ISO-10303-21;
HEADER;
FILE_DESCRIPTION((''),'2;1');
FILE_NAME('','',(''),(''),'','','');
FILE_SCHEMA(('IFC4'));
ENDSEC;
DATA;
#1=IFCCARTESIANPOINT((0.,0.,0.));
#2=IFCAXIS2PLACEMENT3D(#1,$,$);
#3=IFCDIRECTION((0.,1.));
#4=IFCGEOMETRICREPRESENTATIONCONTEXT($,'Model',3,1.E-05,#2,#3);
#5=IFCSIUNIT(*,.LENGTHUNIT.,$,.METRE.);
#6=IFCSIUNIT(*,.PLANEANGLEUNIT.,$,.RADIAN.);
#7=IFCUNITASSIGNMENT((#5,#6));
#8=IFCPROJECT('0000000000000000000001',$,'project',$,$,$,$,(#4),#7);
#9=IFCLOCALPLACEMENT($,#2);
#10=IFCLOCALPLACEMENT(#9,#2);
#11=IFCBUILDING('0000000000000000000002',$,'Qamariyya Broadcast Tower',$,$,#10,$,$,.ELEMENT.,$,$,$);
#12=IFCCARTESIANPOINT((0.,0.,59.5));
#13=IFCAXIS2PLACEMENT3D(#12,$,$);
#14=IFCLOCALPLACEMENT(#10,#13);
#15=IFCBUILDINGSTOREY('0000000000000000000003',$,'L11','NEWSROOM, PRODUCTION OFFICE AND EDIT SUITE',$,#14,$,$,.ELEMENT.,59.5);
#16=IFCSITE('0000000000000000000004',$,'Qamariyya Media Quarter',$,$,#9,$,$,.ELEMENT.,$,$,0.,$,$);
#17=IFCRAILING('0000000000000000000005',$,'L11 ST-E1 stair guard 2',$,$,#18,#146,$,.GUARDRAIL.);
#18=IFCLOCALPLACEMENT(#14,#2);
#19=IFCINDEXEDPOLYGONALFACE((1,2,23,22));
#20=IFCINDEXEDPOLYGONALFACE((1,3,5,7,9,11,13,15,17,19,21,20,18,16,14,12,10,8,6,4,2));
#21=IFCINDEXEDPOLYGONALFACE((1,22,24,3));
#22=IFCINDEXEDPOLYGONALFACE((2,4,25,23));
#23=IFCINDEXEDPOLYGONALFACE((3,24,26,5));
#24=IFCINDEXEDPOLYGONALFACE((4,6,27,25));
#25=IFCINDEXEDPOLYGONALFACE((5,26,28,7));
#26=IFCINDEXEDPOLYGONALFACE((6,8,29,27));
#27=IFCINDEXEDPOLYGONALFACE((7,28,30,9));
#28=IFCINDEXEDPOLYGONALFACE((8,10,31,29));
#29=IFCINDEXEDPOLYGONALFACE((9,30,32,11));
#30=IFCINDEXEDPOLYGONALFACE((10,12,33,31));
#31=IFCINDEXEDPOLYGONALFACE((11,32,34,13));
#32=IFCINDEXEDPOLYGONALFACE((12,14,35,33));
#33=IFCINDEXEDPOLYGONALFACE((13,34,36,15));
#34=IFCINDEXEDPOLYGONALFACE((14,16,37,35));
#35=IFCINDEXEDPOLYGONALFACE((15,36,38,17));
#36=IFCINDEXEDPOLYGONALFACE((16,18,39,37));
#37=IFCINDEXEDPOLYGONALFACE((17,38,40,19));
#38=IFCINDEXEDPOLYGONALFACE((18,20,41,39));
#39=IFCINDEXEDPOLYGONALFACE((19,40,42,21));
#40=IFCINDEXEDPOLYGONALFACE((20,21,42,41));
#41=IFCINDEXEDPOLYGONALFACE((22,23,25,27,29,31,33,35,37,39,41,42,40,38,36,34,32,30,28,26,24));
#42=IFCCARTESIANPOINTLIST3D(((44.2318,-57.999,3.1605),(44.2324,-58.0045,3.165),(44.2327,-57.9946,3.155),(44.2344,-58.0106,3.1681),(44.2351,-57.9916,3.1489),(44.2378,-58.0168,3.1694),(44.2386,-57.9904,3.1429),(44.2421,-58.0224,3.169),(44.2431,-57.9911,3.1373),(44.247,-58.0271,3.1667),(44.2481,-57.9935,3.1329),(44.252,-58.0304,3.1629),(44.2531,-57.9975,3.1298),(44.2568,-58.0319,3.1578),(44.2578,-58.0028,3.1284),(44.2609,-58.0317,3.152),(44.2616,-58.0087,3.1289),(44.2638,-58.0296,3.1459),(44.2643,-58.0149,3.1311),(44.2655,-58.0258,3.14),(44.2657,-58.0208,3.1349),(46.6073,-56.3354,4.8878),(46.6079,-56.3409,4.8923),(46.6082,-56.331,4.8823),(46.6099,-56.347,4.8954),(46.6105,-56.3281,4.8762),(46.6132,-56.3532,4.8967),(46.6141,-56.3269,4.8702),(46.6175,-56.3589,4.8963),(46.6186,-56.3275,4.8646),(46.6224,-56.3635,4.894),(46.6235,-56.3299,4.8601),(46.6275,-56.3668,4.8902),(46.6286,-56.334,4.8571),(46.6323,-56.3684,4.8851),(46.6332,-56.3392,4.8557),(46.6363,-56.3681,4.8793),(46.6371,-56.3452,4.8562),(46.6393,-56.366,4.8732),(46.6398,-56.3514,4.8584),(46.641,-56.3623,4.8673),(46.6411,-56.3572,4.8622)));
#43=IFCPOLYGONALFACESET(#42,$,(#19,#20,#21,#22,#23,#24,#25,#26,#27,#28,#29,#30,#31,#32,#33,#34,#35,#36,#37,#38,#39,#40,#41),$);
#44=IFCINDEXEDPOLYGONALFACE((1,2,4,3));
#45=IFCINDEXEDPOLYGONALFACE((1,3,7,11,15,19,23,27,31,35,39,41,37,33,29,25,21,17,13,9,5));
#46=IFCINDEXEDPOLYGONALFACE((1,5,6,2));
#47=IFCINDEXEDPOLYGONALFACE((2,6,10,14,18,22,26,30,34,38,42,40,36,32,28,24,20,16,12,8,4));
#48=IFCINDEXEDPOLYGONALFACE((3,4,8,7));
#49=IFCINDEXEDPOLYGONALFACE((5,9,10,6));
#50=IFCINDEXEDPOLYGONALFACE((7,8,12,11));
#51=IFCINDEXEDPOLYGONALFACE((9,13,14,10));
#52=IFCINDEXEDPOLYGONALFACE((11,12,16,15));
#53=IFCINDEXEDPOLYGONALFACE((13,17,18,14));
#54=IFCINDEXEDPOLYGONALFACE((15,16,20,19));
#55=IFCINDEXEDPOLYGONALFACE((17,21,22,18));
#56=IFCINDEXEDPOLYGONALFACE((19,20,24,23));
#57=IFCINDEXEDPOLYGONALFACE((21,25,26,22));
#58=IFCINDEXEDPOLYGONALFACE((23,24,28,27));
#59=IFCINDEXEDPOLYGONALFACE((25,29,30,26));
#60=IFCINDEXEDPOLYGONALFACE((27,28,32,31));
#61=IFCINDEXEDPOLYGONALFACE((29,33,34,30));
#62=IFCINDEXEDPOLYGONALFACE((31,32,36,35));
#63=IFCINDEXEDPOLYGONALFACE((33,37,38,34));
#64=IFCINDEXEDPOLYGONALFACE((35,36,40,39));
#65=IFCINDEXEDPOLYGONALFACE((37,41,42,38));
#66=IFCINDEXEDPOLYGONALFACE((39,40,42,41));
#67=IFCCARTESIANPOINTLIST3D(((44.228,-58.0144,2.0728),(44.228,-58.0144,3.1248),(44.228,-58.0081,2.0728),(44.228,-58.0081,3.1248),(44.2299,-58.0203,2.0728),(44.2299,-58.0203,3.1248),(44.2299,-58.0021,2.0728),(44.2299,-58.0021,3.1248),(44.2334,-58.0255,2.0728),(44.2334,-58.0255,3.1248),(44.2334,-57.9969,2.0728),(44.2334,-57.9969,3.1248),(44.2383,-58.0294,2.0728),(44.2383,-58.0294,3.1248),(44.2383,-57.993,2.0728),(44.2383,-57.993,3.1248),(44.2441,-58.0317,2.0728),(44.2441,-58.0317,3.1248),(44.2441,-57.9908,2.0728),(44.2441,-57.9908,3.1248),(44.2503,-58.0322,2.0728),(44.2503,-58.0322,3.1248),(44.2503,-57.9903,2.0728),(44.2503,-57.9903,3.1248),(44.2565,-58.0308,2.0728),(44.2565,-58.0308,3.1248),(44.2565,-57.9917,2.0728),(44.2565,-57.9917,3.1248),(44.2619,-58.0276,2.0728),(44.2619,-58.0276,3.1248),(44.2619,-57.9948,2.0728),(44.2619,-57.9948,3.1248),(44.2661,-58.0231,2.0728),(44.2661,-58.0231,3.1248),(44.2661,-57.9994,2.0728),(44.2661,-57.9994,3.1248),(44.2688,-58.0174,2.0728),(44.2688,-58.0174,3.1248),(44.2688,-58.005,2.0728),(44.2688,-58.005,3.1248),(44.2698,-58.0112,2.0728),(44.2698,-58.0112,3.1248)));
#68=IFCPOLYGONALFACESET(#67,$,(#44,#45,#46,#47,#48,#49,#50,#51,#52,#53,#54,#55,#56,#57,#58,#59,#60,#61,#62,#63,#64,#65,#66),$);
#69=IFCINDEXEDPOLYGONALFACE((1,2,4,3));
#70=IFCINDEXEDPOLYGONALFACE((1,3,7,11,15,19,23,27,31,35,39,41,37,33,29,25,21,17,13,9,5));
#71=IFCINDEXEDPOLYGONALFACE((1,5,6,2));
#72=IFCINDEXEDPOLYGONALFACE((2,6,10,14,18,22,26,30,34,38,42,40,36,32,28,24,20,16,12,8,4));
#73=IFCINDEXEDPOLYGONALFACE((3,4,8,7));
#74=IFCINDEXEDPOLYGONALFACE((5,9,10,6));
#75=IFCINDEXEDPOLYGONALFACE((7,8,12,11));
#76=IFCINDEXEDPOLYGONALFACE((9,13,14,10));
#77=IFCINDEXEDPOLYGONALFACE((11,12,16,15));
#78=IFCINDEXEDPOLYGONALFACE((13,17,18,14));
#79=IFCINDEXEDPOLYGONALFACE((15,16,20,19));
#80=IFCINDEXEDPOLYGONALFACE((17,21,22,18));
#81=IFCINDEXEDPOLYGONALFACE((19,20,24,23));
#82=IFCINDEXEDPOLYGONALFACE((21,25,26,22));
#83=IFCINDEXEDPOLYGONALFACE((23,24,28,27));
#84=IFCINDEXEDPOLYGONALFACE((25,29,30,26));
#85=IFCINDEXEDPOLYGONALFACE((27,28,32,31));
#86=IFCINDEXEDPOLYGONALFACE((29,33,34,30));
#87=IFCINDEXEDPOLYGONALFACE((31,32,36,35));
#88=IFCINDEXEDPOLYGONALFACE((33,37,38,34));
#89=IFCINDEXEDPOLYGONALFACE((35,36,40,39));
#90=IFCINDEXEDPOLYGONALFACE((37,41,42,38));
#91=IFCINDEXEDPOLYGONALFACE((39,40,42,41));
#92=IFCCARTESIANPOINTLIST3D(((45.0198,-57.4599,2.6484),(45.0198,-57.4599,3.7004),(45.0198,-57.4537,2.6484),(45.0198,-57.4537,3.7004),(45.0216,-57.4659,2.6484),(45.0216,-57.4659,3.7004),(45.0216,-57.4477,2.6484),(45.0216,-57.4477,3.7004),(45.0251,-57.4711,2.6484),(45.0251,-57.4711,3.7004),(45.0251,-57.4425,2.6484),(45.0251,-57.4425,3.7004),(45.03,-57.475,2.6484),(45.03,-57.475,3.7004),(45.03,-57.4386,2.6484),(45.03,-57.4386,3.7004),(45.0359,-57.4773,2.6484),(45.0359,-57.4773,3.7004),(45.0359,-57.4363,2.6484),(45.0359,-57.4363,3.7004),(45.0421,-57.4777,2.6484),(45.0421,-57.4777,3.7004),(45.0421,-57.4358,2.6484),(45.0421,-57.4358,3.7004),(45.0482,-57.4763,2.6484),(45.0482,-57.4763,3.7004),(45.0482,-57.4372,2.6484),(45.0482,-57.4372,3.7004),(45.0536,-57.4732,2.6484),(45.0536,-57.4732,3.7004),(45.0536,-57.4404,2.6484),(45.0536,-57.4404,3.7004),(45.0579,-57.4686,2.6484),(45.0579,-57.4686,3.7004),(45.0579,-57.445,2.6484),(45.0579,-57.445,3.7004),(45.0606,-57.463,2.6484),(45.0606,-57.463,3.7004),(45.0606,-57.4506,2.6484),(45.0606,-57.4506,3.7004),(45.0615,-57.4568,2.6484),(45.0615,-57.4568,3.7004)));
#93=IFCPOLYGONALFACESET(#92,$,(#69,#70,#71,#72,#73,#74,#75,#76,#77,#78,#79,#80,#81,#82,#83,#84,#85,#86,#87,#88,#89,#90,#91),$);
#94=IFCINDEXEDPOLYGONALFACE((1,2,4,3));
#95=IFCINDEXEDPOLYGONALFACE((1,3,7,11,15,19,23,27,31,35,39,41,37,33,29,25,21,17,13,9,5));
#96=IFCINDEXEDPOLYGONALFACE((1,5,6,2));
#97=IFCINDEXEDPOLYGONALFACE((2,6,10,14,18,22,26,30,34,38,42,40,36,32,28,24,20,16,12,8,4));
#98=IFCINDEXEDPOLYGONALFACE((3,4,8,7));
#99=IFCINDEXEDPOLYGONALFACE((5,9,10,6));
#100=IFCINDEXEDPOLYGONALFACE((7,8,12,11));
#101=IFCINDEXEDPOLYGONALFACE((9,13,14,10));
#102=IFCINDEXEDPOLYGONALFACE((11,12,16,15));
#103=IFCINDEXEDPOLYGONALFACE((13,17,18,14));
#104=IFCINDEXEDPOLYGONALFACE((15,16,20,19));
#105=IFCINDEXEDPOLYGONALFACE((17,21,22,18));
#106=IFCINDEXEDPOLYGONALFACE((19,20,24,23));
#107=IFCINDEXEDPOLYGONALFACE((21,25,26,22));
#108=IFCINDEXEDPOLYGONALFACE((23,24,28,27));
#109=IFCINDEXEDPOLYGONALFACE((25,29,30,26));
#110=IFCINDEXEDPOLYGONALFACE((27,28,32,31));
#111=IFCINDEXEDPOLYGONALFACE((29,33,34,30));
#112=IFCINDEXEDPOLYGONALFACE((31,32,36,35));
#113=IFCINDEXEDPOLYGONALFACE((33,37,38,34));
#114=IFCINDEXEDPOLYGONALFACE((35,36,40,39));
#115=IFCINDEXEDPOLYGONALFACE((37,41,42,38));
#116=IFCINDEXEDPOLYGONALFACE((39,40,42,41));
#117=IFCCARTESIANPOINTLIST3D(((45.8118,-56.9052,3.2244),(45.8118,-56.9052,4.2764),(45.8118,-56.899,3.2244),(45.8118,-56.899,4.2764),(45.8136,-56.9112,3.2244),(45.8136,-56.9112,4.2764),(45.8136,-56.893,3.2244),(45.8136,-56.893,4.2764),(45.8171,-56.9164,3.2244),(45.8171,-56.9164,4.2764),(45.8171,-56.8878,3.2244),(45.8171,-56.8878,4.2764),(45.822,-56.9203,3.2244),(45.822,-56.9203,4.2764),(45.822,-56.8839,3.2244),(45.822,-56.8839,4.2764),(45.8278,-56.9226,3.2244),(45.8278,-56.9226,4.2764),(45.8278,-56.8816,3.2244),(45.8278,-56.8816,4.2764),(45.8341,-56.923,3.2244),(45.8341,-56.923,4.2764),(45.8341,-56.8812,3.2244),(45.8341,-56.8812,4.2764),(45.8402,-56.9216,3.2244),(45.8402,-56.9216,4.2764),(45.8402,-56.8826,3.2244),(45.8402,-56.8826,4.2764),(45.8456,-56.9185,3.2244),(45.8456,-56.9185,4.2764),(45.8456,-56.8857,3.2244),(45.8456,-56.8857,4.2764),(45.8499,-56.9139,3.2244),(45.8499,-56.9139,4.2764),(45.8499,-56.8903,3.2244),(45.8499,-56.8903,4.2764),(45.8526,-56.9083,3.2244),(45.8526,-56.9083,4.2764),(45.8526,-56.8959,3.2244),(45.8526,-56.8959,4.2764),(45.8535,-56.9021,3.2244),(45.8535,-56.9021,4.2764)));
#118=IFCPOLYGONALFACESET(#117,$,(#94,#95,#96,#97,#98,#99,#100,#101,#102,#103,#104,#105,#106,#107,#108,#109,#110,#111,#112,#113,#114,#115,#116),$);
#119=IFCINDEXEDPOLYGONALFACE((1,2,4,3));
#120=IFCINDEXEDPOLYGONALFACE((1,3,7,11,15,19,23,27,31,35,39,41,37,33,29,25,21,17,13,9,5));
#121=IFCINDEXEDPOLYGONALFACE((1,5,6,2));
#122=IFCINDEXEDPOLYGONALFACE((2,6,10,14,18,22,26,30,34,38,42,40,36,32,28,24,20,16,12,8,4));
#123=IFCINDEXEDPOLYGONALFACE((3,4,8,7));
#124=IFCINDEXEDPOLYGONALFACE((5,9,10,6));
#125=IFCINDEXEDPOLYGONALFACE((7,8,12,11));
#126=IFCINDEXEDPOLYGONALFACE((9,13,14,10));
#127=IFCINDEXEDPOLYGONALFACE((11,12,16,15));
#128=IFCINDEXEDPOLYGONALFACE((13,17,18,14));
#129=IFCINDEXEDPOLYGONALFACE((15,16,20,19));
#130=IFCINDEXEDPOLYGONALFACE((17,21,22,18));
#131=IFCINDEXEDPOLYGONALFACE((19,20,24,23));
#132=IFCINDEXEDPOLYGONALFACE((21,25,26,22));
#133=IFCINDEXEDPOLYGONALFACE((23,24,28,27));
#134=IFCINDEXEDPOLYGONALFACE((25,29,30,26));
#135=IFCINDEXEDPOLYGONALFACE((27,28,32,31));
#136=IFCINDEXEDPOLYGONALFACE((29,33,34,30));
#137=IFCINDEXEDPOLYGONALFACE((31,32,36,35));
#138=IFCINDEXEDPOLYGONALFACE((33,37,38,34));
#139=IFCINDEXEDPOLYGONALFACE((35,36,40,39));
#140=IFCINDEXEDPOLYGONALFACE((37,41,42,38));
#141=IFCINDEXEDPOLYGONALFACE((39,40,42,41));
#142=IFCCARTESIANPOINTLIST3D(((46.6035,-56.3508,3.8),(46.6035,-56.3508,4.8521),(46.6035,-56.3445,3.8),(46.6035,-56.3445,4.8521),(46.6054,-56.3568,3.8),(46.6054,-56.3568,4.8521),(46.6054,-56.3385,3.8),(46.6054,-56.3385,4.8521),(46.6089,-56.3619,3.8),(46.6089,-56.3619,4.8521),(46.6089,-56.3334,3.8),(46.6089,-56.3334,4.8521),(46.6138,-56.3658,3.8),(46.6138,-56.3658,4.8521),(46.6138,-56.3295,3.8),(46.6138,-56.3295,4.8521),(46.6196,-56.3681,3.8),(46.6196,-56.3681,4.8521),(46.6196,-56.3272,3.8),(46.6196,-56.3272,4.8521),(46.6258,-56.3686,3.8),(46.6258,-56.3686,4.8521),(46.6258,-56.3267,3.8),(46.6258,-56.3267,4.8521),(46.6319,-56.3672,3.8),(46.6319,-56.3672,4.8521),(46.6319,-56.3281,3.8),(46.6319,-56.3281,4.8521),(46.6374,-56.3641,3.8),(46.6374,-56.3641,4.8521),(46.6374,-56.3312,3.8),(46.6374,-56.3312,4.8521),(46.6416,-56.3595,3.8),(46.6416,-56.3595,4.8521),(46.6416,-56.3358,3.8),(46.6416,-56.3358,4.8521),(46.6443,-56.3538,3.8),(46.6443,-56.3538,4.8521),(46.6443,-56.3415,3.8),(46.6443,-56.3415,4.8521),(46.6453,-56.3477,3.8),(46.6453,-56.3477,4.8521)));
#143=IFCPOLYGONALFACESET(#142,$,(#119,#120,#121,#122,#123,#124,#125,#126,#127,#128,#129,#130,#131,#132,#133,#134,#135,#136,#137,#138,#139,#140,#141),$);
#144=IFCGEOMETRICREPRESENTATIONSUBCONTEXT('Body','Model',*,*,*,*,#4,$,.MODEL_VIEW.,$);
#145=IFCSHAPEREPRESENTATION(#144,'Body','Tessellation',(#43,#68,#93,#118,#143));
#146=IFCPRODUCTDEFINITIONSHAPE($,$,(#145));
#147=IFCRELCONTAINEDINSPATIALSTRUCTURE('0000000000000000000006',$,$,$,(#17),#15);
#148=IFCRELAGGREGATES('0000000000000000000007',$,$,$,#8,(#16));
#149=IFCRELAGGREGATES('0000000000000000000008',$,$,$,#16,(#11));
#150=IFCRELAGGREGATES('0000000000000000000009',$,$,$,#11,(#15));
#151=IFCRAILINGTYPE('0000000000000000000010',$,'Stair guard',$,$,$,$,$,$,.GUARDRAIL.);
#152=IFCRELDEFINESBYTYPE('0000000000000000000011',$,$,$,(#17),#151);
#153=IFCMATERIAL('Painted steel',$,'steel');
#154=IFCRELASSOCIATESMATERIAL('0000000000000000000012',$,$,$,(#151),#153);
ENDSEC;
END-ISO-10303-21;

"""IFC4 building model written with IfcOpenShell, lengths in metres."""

from ifc_helpers import new_model, si_unit, direction, frame, origin, origin_2d, place, context, subcontext, project, spatial, circle, extrude, material, type_object, element, save


model = new_model("IFC4")

# Units and contexts
model_context = context("Model", 3, precision=1e-05, world=origin(), true_north=direction((0.0, 1.0)))
body_context = subcontext(model_context, "Body", "Model", "MODEL_VIEW")
ifc_project = project(units=[si_unit("LENGTHUNIT", "METRE"), si_unit("PLANEANGLEUNIT", "RADIAN")], contexts=[model_context])

# Site, building, storey
site_placement = place(None, origin())
site = spatial("IfcSite", under=ifc_project, at=site_placement, Name="Qamariyya Media Quarter", CompositionType="ELEMENT", RefElevation=0.0)
building_placement = place(site_placement, origin())
building = spatial("IfcBuilding", under=site, at=building_placement, Name="Qamariyya Broadcast Tower", CompositionType="ELEMENT")
storey_placement = place(building_placement, frame((0.0, 0.0, 59.5)))
storey = spatial("IfcBuildingStorey", under=building, at=storey_placement, Name="L11", Description="NEWSROOM, PRODUCTION OFFICE AND EDIT SUITE", CompositionType="ELEMENT", Elevation=59.5)

# Railing
ifc_material_1 = material(Name="Painted steel", Category="steel")
railing_type_1 = type_object("IfcRailingType", Name="Stair guard", PredefinedType="GUARDRAIL", material=ifc_material_1)
railing_1_placement = place(storey_placement, frame((44.2488, -58.0112, 2.0728)))
element("IfcRailing", 1, at=railing_1_placement, inside=storey, type_object=railing_type_1, Name="L11 ST-E1 stair guard 2", PredefinedType="GUARDRAIL", context=body_context, shape_type="SweptSolid", body=[
    extrude(circle(Radius=0.0239, at=origin_2d()), frame((0.0, 0.0, 1.0762), z_axis=(0.703745, 0.492838, 0.511716), x_axis=(-0.573632, 0.819113, 0.0)), (0.0, 0.0, 1.0), 3.3755),
    extrude(circle(Radius=0.021, at=origin_2d()), origin(), (0.0, 0.0, 1.0), 1.052),
    extrude(circle(Radius=0.021, at=origin_2d()), frame((0.7917, 0.5544, 0.5757)), (0.0, 0.0, 1.0), 1.052),
    extrude(circle(Radius=0.021, at=origin_2d()), frame((1.5837, 1.1091, 1.1516)), (0.0, 0.0, 1.0), 1.052),
    extrude(circle(Radius=0.021, at=origin_2d()), frame((2.3755, 1.6636, 1.7273)), (0.0, 0.0, 1.0), 1.052),
])

save(model, "model.ifc")
